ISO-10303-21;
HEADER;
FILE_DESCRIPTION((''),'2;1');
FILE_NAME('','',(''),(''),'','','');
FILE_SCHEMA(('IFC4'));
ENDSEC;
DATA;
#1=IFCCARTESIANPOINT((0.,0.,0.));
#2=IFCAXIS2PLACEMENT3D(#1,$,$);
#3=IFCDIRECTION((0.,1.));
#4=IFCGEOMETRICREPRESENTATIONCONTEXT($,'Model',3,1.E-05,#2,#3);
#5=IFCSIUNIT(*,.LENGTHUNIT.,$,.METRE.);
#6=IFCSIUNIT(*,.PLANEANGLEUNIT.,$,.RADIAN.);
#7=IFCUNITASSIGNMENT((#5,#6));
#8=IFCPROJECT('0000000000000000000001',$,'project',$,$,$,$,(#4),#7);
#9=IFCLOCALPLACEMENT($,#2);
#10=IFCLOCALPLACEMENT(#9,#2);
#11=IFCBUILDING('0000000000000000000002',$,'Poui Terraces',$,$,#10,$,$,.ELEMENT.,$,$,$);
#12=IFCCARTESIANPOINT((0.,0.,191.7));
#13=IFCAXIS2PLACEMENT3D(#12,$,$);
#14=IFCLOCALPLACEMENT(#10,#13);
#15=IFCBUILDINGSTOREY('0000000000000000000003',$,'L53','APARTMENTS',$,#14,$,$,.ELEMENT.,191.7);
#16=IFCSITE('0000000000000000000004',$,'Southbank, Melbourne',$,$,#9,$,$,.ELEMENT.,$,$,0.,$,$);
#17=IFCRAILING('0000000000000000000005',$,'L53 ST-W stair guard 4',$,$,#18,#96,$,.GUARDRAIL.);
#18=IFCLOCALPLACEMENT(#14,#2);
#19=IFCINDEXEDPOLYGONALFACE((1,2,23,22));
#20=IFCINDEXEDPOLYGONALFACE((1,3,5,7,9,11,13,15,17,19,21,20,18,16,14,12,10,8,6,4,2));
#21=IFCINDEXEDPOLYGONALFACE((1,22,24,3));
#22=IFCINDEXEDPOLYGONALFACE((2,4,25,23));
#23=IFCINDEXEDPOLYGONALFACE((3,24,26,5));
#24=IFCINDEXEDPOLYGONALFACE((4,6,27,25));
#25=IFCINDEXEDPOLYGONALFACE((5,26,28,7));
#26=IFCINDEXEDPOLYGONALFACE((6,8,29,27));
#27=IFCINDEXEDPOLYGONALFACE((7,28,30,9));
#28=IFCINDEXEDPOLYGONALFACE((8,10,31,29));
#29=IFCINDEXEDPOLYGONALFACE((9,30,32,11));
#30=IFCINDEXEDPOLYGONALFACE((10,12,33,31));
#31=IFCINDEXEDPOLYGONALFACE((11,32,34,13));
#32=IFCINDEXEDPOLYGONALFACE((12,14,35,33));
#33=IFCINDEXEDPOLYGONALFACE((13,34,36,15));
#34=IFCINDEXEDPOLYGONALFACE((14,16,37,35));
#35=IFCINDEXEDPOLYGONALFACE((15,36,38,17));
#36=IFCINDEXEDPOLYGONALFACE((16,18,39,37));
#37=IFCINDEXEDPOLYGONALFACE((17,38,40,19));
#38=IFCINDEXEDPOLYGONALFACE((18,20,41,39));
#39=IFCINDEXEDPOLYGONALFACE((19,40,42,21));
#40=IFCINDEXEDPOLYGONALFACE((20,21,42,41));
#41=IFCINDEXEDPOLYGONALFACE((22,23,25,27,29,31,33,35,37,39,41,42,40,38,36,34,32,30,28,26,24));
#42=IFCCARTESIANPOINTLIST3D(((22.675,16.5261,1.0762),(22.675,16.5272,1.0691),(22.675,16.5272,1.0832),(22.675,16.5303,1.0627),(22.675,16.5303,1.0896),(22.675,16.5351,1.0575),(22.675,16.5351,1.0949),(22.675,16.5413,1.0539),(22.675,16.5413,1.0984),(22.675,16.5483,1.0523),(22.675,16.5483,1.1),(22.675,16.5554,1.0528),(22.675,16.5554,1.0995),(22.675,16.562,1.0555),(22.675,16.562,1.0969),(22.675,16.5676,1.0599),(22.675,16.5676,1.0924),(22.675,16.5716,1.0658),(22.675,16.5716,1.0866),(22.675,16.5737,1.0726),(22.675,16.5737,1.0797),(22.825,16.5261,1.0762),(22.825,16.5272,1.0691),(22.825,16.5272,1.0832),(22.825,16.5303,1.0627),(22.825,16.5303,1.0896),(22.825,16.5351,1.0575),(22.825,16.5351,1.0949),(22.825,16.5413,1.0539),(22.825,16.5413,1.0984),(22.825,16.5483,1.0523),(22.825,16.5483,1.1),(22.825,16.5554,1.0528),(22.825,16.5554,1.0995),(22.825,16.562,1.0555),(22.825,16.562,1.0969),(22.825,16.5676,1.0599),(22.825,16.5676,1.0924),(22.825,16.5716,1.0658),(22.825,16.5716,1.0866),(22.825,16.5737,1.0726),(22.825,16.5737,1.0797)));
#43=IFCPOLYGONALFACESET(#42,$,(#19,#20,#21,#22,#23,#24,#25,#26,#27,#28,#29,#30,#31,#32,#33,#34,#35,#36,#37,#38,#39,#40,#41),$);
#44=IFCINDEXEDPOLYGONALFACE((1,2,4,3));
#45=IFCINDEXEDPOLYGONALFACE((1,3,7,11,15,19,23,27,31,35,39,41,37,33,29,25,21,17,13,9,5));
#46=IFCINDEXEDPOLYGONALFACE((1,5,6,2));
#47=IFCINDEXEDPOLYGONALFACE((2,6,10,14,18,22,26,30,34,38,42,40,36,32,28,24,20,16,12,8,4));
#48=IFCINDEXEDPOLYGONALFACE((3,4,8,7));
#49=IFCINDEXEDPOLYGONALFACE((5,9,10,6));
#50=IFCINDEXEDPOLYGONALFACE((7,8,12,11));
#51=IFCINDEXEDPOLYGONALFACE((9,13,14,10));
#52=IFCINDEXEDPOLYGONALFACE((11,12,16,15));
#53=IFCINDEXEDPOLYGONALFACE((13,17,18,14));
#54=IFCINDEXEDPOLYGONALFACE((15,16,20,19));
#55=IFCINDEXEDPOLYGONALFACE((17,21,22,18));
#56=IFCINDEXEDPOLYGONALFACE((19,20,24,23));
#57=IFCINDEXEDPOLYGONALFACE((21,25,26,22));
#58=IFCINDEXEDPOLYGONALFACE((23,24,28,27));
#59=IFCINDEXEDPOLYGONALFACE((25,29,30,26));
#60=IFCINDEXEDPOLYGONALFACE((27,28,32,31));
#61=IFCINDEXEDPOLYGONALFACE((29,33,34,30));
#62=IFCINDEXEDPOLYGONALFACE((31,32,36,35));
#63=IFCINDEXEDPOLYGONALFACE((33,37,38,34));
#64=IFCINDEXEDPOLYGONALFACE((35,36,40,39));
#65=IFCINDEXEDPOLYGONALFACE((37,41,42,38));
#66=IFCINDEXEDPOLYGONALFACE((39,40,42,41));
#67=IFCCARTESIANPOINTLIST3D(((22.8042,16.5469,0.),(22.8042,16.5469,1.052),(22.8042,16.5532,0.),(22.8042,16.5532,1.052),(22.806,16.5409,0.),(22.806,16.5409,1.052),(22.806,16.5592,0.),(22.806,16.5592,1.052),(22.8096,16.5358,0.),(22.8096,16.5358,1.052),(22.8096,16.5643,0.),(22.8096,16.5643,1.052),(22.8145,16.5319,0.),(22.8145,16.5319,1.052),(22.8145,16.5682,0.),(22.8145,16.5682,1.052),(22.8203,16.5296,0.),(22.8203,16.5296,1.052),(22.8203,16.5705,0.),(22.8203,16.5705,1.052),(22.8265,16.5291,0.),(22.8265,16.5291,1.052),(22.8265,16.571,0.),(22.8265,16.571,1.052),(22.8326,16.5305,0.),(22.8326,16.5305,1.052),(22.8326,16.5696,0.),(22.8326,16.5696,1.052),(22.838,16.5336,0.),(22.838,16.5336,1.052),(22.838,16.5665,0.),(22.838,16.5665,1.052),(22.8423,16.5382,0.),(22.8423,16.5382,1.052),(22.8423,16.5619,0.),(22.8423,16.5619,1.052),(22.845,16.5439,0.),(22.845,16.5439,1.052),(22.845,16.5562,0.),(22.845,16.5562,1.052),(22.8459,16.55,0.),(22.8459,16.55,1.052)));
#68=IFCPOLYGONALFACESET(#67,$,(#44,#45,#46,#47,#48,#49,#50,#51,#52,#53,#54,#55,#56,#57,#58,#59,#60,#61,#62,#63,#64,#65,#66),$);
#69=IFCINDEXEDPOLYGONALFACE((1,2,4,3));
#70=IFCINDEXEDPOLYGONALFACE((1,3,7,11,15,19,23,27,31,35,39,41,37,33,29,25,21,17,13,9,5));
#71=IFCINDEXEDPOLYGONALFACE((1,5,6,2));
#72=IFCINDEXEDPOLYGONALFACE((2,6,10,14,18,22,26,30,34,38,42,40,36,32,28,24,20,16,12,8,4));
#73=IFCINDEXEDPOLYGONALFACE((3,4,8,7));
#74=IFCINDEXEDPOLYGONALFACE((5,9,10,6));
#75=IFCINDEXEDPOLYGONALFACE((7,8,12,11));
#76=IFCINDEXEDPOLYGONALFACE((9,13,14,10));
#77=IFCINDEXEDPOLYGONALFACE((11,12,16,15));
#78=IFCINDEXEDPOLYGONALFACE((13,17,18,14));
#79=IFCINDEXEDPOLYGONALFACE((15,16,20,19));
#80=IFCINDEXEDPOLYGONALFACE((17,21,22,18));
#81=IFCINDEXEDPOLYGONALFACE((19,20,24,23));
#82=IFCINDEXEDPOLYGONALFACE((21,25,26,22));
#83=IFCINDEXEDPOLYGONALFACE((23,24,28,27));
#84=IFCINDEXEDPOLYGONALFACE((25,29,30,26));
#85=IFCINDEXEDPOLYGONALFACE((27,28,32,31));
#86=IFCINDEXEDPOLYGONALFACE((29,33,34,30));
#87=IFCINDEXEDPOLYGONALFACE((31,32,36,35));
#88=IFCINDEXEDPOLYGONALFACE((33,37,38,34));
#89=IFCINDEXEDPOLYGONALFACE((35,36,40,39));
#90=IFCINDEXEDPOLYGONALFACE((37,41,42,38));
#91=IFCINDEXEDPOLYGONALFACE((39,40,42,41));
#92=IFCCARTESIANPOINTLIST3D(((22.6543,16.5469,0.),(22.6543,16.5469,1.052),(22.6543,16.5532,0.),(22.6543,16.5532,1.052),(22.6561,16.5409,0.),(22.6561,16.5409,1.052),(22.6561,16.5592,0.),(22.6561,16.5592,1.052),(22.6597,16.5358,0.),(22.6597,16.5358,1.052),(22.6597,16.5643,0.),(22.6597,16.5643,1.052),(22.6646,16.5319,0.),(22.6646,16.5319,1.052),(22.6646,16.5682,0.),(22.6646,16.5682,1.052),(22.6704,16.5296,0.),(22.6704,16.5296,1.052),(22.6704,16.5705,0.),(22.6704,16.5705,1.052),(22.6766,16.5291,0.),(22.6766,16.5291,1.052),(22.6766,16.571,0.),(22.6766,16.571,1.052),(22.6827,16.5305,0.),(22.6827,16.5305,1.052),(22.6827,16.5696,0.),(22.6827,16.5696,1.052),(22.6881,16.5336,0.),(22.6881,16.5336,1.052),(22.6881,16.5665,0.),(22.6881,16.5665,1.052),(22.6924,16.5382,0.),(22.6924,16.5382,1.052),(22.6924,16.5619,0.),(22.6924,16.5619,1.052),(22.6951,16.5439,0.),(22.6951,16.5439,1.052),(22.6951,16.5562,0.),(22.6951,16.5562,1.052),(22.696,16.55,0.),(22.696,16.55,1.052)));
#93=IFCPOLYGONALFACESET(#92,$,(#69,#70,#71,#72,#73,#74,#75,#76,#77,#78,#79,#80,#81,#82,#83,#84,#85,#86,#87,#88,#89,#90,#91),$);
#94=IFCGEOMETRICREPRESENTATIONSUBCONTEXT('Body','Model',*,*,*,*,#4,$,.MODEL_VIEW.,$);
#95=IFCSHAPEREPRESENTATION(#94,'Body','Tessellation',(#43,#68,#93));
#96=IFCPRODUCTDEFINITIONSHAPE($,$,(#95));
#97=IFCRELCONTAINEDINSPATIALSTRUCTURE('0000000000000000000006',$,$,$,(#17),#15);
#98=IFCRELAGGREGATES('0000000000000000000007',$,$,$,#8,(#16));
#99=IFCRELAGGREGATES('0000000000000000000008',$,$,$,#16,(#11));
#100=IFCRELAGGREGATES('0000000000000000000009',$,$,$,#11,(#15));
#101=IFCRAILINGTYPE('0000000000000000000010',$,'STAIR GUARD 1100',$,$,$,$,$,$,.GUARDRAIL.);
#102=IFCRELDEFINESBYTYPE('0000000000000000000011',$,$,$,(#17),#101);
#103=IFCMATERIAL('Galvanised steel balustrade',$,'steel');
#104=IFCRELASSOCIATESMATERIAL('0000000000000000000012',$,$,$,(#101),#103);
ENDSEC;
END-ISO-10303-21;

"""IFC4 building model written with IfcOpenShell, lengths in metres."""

from ifc_helpers import new_model, si_unit, direction, frame, origin, origin_2d, place, context, subcontext, project, spatial, circle, extrude, material, type_object, element, save


model = new_model("IFC4")

# Units and contexts
model_context = context("Model", 3, precision=1e-05, world=origin(), true_north=direction((0.0, 1.0)))
body_context = subcontext(model_context, "Body", "Model", "MODEL_VIEW")
ifc_project = project(units=[si_unit("LENGTHUNIT", "METRE"), si_unit("PLANEANGLEUNIT", "RADIAN")], contexts=[model_context])

# Site, building, storey
site_placement = place(None, origin())
site = spatial("IfcSite", under=ifc_project, at=site_placement, Name="Southbank, Melbourne", CompositionType="ELEMENT", RefElevation=0.0)
building_placement = place(site_placement, origin())
building = spatial("IfcBuilding", under=site, at=building_placement, Name="Poui Terraces", CompositionType="ELEMENT")
storey_placement = place(building_placement, frame((0.0, 0.0, 191.7)))
storey = spatial("IfcBuildingStorey", under=building, at=storey_placement, Name="L53", Description="APARTMENTS", CompositionType="ELEMENT", Elevation=191.7)

# Railing
ifc_material_1 = material(Name="Galvanised steel balustrade", Category="steel")
railing_type_1 = type_object("IfcRailingType", Name="STAIR GUARD 1100", PredefinedType="GUARDRAIL", material=ifc_material_1)
railing_1_placement = place(storey_placement, frame((22.825, 16.55, 0.0)))
element("IfcRailing", 1, at=railing_1_placement, inside=storey, type_object=railing_type_1, Name="L53 ST-W stair guard 4", PredefinedType="GUARDRAIL", context=body_context, shape_type="SweptSolid", body=[
    extrude(circle(Radius=0.0239, at=origin_2d()), frame((0.0, 0.0, 1.0762), z_axis=(-1.0, 0.0, 0.0), x_axis=(0.0, -1.0, 0.0)), (0.0, 0.0, 1.0), 0.1499),
    extrude(circle(Radius=0.021, at=origin_2d()), origin(), (0.0, 0.0, 1.0), 1.052),
    extrude(circle(Radius=0.021, at=origin_2d()), frame((-0.1499, 0.0, 0.0)), (0.0, 0.0, 1.0), 1.052),
])

save(model, "model.ifc")
